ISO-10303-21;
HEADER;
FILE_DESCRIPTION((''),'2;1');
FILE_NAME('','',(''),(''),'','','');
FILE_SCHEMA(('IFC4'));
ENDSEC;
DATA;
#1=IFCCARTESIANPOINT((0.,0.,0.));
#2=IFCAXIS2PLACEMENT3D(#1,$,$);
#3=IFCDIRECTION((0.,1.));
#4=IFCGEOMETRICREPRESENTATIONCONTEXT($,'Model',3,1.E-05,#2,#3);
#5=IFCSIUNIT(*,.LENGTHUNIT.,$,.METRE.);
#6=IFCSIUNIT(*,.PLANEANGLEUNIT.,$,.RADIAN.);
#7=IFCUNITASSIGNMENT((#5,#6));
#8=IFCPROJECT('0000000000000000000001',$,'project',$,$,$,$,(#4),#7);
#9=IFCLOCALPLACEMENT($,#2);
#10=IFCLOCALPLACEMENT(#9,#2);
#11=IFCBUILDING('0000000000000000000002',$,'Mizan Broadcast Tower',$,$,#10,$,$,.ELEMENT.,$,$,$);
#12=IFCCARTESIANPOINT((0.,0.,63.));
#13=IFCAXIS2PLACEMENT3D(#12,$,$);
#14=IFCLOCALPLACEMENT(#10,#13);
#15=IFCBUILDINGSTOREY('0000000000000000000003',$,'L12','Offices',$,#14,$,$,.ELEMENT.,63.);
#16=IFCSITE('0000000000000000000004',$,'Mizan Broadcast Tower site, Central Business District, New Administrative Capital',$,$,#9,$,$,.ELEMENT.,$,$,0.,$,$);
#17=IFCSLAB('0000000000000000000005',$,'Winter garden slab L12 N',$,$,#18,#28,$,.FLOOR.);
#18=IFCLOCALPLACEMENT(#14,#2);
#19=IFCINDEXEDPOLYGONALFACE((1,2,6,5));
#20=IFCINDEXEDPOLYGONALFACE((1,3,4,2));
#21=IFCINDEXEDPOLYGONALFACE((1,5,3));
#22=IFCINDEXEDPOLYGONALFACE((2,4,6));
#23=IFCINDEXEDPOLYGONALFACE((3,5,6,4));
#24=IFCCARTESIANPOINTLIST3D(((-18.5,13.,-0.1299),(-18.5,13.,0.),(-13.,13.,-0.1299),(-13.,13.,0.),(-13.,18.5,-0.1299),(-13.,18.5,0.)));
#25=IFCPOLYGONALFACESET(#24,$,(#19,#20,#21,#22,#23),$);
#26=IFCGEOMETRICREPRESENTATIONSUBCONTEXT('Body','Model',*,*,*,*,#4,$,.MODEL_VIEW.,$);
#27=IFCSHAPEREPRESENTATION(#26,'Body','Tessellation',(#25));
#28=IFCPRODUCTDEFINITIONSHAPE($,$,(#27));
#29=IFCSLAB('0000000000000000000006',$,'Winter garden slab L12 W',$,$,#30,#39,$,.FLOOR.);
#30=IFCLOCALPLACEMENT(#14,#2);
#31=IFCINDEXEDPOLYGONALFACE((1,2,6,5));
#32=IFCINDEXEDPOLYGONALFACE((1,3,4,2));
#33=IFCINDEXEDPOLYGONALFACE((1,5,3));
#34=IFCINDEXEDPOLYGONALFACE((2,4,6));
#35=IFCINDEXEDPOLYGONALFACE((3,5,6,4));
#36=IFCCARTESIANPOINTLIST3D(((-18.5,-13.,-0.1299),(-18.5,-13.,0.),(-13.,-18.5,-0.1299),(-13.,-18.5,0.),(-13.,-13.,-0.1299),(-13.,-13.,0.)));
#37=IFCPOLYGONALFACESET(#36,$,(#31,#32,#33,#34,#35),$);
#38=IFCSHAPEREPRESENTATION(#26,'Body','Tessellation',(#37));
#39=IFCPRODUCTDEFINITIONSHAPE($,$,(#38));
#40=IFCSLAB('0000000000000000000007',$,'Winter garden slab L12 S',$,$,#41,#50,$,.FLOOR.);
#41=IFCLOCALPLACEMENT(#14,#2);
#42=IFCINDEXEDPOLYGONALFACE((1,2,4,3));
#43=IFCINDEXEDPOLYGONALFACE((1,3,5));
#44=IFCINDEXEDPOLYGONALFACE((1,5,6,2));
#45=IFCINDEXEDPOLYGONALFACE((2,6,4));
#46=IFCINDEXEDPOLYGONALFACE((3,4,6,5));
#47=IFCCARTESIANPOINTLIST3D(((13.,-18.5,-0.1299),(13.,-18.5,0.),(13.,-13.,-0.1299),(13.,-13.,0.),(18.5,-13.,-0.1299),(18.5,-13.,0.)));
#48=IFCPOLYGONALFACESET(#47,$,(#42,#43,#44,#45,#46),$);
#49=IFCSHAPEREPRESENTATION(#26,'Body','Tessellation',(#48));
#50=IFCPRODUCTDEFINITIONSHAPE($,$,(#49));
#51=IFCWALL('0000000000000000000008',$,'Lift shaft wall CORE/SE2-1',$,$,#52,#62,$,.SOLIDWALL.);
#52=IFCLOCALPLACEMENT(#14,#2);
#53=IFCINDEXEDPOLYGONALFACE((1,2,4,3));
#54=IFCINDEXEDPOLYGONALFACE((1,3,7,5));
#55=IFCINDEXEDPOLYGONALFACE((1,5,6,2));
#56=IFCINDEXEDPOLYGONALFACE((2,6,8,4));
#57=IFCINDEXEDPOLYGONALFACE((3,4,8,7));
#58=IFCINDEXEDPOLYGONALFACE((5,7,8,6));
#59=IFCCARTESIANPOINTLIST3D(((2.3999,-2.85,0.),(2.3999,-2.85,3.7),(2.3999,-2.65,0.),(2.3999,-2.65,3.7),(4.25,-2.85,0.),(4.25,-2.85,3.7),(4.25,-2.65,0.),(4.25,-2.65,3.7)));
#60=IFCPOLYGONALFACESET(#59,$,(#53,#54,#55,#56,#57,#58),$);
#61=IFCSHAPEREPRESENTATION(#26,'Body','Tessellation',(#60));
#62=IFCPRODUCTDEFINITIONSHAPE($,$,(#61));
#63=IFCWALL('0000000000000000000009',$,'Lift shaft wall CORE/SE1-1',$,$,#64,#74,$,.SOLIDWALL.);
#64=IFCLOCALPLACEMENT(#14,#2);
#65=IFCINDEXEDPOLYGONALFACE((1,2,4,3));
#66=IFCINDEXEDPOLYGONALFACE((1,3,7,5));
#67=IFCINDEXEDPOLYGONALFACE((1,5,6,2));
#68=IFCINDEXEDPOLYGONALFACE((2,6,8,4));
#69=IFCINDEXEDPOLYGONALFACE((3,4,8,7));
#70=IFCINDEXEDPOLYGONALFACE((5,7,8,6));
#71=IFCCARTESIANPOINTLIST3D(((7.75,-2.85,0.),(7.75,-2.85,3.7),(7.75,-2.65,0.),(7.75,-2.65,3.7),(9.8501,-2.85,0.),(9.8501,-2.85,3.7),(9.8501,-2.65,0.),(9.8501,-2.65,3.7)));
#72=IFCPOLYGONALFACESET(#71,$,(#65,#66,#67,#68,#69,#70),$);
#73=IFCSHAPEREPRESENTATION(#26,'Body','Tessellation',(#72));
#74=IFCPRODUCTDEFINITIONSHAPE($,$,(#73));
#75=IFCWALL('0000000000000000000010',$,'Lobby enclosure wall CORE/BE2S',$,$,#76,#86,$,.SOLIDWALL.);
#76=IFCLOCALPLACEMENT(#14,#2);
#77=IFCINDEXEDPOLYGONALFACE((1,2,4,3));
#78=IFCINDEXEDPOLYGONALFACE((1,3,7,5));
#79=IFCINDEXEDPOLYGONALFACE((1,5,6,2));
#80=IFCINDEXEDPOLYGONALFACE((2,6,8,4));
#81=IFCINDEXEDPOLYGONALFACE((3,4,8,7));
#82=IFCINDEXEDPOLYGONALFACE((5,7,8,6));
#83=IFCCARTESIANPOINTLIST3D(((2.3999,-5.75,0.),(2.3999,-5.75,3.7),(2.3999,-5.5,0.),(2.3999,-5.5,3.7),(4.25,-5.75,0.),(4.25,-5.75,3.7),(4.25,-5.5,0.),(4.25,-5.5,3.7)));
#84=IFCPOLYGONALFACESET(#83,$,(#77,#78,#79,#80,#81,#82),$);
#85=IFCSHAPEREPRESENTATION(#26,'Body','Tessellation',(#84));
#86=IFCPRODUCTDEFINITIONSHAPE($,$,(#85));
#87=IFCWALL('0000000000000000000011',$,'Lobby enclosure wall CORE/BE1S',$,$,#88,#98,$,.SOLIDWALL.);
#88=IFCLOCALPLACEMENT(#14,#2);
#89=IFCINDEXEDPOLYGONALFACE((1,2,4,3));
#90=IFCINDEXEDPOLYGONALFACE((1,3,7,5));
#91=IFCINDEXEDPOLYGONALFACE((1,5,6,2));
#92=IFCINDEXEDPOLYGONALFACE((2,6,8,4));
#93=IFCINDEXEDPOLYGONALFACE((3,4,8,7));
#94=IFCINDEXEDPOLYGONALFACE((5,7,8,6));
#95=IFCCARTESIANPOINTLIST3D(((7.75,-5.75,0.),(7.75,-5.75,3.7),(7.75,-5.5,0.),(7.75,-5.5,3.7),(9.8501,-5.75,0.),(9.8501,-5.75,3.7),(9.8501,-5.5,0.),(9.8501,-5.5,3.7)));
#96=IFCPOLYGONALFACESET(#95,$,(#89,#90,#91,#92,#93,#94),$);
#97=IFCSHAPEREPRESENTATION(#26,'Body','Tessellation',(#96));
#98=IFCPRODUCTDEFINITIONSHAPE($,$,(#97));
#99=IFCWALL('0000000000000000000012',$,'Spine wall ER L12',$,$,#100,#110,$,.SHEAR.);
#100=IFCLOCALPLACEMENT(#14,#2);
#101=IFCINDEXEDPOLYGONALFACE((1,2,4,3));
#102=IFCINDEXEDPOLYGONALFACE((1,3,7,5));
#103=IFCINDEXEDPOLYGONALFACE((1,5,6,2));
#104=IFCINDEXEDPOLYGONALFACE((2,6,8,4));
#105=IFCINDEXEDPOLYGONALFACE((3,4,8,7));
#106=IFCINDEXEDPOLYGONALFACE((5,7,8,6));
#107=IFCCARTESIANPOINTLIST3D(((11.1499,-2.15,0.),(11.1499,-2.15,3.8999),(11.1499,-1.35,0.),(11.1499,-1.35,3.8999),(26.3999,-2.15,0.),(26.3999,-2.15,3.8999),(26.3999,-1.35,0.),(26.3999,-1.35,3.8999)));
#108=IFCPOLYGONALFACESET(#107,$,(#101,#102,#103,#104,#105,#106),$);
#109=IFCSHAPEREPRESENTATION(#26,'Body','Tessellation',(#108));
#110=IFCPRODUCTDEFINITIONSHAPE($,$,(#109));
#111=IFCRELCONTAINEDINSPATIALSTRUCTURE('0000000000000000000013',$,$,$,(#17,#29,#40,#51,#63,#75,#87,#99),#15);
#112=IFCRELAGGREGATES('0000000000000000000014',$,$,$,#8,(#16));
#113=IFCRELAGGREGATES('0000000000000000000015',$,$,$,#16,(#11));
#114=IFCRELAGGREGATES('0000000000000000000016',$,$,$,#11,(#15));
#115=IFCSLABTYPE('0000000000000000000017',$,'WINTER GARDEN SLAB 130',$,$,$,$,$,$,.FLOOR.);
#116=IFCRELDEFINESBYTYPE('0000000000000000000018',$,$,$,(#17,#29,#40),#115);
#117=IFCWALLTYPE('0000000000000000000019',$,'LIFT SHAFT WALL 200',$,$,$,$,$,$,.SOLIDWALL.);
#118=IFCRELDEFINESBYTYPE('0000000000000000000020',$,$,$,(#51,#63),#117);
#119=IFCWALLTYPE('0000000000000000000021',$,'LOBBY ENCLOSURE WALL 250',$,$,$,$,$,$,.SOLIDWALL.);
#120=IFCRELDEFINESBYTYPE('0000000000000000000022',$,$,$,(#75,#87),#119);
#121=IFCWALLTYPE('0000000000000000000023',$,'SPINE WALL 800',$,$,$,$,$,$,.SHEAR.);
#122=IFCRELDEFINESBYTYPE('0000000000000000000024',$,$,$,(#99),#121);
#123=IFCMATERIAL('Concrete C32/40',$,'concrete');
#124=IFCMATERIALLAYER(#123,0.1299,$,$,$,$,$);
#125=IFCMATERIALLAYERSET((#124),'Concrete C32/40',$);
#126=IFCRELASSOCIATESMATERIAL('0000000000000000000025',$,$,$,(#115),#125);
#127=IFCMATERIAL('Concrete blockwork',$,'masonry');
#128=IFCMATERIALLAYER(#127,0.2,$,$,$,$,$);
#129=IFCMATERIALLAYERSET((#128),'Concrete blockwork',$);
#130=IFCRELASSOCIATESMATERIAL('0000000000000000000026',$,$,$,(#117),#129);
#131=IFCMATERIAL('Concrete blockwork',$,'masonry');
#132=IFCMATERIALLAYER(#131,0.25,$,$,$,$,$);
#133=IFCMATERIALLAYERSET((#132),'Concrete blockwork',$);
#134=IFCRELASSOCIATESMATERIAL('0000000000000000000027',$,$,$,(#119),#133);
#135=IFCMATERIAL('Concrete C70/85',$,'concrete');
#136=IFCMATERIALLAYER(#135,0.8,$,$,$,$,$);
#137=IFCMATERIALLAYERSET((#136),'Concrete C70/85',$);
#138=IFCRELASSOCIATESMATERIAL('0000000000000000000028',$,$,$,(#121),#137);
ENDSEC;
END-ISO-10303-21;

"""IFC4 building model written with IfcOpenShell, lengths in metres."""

from ifc_helpers import new_model, si_unit, direction, frame, frame_2d, origin, place, context, subcontext, project, spatial, polyline, rectangle, outline, extrude, material, layer, layer_set, type_object, element, save


model = new_model("IFC4")

# Units and contexts
model_context = context("Model", 3, precision=1e-05, world=origin(), true_north=direction((0.0, 1.0)))
body_context = subcontext(model_context, "Body", "Model", "MODEL_VIEW")
ifc_project = project(units=[si_unit("LENGTHUNIT", "METRE"), si_unit("PLANEANGLEUNIT", "RADIAN")], contexts=[model_context])

# Site, building, storey
site_placement = place(None, origin())
site = spatial("IfcSite", under=ifc_project, at=site_placement, Name="Mizan Broadcast Tower site, Central Business District, New Administrative Capital", CompositionType="ELEMENT", RefElevation=0.0)
building_placement = place(site_placement, origin())
building = spatial("IfcBuilding", under=site, at=building_placement, Name="Mizan Broadcast Tower", CompositionType="ELEMENT")
storey_placement = place(building_placement, frame((0.0, 0.0, 63.0)))
storey = spatial("IfcBuildingStorey", under=building, at=storey_placement, Name="L12", Description="Offices", CompositionType="ELEMENT", Elevation=63.0)

# Slabs
ifc_material_1 = material(Name="Concrete C32/40", Category="concrete")
ifc_layer_1 = layer(ifc_material_1, 0.1299)
ifc_layer_set_1 = layer_set([ifc_layer_1], Name="Concrete C32/40")
slab_type_1 = type_object("IfcSlabType", Name="WINTER GARDEN SLAB 130", PredefinedType="FLOOR", material=ifc_layer_set_1)
slab_1_placement = place(storey_placement, frame((0.0, 0.0, -0.1299)))
element("IfcSlab", 1, at=slab_1_placement, inside=storey, type_object=slab_type_1, Name="Winter garden slab L12 N", PredefinedType="FLOOR", context=body_context, shape_type="SweptSolid", body=[
    extrude(outline(polyline([(-13.0, 13.0), (-13.0, 18.5), (-18.5, 13.0), (-13.0, 13.0)])), origin(), (0.0, 0.0, 1.0), 0.1299),
])
slab_2_placement = place(storey_placement, frame((0.0, 0.0, -0.1299)))
element("IfcSlab", 2, at=slab_2_placement, inside=storey, type_object=slab_type_1, Name="Winter garden slab L12 W", PredefinedType="FLOOR", context=body_context, shape_type="SweptSolid", body=[
    extrude(outline(polyline([(-13.0, -13.0), (-18.5, -13.0), (-13.0, -18.5), (-13.0, -13.0)])), origin(), (0.0, 0.0, 1.0), 0.1299),
])
slab_3_placement = place(storey_placement, frame((0.0, 0.0, -0.1299)))
element("IfcSlab", 3, at=slab_3_placement, inside=storey, type_object=slab_type_1, Name="Winter garden slab L12 S", PredefinedType="FLOOR", context=body_context, shape_type="SweptSolid", body=[
    extrude(outline(polyline([(13.0, -13.0), (13.0, -18.5), (18.5, -13.0), (13.0, -13.0)])), origin(), (0.0, 0.0, 1.0), 0.1299),
])

# Walls
ifc_material_2 = material(Name="Concrete blockwork", Category="masonry")
ifc_layer_2 = layer(ifc_material_2, 0.2)
ifc_layer_set_2 = layer_set([ifc_layer_2], Name="Concrete blockwork")
wall_type_1 = type_object("IfcWallType", Name="LIFT SHAFT WALL 200", PredefinedType="SOLIDWALL", material=ifc_layer_set_2)
wall_1_placement = place(storey_placement, frame((2.3999, -2.75, 0.0), z_axis=(0.0, 0.0, 1.0), x_axis=(1.0, 0.0, 0.0)))
element("IfcWall", 4, at=wall_1_placement, inside=storey, type_object=wall_type_1, Name="Lift shaft wall CORE/SE2-1", PredefinedType="SOLIDWALL", context=body_context, shape_type="SweptSolid", body=[
    extrude(rectangle(XDim=1.8501, YDim=0.2, at=frame_2d((0.925, 0.0))), origin(), (0.0, 0.0, 1.0), 3.7),
])
wall_2_placement = place(storey_placement, frame((7.75, -2.75, 0.0), z_axis=(0.0, 0.0, 1.0), x_axis=(1.0, 0.0, 0.0)))
element("IfcWall", 5, at=wall_2_placement, inside=storey, type_object=wall_type_1, Name="Lift shaft wall CORE/SE1-1", PredefinedType="SOLIDWALL", context=body_context, shape_type="SweptSolid", body=[
    extrude(rectangle(XDim=2.1001, YDim=0.2, at=frame_2d((1.05, 0.0))), origin(), (0.0, 0.0, 1.0), 3.7),
])
ifc_material_3 = material(Name="Concrete blockwork", Category="masonry")
ifc_layer_3 = layer(ifc_material_3, 0.25)
ifc_layer_set_3 = layer_set([ifc_layer_3], Name="Concrete blockwork")
wall_type_2 = type_object("IfcWallType", Name="LOBBY ENCLOSURE WALL 250", PredefinedType="SOLIDWALL", material=ifc_layer_set_3)
wall_3_placement = place(storey_placement, frame((2.3999, -5.625, 0.0), z_axis=(0.0, 0.0, 1.0), x_axis=(1.0, 0.0, 0.0)))
element("IfcWall", 6, at=wall_3_placement, inside=storey, type_object=wall_type_2, Name="Lobby enclosure wall CORE/BE2S", PredefinedType="SOLIDWALL", context=body_context, shape_type="SweptSolid", body=[
    extrude(rectangle(XDim=1.8501, YDim=0.25, at=frame_2d((0.925, 0.0))), origin(), (0.0, 0.0, 1.0), 3.7),
])
wall_4_placement = place(storey_placement, frame((7.75, -5.625, 0.0), z_axis=(0.0, 0.0, 1.0), x_axis=(1.0, 0.0, 0.0)))
element("IfcWall", 7, at=wall_4_placement, inside=storey, type_object=wall_type_2, Name="Lobby enclosure wall CORE/BE1S", PredefinedType="SOLIDWALL", context=body_context, shape_type="SweptSolid", body=[
    extrude(rectangle(XDim=2.1001, YDim=0.25, at=frame_2d((1.05, 0.0))), origin(), (0.0, 0.0, 1.0), 3.7),
])
ifc_material_4 = material(Name="Concrete C70/85", Category="concrete")
ifc_layer_4 = layer(ifc_material_4, 0.8)
ifc_layer_set_4 = layer_set([ifc_layer_4], Name="Concrete C70/85")
wall_type_3 = type_object("IfcWallType", Name="SPINE WALL 800", PredefinedType="SHEAR", material=ifc_layer_set_4)
wall_5_placement = place(storey_placement, frame((11.1499, -1.75, 0.0), z_axis=(0.0, 0.0, 1.0), x_axis=(1.0, 0.0, 0.0)))
element("IfcWall", 8, at=wall_5_placement, inside=storey, type_object=wall_type_3, Name="Spine wall ER L12", PredefinedType="SHEAR", context=body_context, shape_type="SweptSolid", body=[
    extrude(rectangle(XDim=15.25, YDim=0.8, at=frame_2d((7.625, 0.0))), origin(), (0.0, 0.0, 1.0), 3.8999),
])

save(model, "model.ifc")
